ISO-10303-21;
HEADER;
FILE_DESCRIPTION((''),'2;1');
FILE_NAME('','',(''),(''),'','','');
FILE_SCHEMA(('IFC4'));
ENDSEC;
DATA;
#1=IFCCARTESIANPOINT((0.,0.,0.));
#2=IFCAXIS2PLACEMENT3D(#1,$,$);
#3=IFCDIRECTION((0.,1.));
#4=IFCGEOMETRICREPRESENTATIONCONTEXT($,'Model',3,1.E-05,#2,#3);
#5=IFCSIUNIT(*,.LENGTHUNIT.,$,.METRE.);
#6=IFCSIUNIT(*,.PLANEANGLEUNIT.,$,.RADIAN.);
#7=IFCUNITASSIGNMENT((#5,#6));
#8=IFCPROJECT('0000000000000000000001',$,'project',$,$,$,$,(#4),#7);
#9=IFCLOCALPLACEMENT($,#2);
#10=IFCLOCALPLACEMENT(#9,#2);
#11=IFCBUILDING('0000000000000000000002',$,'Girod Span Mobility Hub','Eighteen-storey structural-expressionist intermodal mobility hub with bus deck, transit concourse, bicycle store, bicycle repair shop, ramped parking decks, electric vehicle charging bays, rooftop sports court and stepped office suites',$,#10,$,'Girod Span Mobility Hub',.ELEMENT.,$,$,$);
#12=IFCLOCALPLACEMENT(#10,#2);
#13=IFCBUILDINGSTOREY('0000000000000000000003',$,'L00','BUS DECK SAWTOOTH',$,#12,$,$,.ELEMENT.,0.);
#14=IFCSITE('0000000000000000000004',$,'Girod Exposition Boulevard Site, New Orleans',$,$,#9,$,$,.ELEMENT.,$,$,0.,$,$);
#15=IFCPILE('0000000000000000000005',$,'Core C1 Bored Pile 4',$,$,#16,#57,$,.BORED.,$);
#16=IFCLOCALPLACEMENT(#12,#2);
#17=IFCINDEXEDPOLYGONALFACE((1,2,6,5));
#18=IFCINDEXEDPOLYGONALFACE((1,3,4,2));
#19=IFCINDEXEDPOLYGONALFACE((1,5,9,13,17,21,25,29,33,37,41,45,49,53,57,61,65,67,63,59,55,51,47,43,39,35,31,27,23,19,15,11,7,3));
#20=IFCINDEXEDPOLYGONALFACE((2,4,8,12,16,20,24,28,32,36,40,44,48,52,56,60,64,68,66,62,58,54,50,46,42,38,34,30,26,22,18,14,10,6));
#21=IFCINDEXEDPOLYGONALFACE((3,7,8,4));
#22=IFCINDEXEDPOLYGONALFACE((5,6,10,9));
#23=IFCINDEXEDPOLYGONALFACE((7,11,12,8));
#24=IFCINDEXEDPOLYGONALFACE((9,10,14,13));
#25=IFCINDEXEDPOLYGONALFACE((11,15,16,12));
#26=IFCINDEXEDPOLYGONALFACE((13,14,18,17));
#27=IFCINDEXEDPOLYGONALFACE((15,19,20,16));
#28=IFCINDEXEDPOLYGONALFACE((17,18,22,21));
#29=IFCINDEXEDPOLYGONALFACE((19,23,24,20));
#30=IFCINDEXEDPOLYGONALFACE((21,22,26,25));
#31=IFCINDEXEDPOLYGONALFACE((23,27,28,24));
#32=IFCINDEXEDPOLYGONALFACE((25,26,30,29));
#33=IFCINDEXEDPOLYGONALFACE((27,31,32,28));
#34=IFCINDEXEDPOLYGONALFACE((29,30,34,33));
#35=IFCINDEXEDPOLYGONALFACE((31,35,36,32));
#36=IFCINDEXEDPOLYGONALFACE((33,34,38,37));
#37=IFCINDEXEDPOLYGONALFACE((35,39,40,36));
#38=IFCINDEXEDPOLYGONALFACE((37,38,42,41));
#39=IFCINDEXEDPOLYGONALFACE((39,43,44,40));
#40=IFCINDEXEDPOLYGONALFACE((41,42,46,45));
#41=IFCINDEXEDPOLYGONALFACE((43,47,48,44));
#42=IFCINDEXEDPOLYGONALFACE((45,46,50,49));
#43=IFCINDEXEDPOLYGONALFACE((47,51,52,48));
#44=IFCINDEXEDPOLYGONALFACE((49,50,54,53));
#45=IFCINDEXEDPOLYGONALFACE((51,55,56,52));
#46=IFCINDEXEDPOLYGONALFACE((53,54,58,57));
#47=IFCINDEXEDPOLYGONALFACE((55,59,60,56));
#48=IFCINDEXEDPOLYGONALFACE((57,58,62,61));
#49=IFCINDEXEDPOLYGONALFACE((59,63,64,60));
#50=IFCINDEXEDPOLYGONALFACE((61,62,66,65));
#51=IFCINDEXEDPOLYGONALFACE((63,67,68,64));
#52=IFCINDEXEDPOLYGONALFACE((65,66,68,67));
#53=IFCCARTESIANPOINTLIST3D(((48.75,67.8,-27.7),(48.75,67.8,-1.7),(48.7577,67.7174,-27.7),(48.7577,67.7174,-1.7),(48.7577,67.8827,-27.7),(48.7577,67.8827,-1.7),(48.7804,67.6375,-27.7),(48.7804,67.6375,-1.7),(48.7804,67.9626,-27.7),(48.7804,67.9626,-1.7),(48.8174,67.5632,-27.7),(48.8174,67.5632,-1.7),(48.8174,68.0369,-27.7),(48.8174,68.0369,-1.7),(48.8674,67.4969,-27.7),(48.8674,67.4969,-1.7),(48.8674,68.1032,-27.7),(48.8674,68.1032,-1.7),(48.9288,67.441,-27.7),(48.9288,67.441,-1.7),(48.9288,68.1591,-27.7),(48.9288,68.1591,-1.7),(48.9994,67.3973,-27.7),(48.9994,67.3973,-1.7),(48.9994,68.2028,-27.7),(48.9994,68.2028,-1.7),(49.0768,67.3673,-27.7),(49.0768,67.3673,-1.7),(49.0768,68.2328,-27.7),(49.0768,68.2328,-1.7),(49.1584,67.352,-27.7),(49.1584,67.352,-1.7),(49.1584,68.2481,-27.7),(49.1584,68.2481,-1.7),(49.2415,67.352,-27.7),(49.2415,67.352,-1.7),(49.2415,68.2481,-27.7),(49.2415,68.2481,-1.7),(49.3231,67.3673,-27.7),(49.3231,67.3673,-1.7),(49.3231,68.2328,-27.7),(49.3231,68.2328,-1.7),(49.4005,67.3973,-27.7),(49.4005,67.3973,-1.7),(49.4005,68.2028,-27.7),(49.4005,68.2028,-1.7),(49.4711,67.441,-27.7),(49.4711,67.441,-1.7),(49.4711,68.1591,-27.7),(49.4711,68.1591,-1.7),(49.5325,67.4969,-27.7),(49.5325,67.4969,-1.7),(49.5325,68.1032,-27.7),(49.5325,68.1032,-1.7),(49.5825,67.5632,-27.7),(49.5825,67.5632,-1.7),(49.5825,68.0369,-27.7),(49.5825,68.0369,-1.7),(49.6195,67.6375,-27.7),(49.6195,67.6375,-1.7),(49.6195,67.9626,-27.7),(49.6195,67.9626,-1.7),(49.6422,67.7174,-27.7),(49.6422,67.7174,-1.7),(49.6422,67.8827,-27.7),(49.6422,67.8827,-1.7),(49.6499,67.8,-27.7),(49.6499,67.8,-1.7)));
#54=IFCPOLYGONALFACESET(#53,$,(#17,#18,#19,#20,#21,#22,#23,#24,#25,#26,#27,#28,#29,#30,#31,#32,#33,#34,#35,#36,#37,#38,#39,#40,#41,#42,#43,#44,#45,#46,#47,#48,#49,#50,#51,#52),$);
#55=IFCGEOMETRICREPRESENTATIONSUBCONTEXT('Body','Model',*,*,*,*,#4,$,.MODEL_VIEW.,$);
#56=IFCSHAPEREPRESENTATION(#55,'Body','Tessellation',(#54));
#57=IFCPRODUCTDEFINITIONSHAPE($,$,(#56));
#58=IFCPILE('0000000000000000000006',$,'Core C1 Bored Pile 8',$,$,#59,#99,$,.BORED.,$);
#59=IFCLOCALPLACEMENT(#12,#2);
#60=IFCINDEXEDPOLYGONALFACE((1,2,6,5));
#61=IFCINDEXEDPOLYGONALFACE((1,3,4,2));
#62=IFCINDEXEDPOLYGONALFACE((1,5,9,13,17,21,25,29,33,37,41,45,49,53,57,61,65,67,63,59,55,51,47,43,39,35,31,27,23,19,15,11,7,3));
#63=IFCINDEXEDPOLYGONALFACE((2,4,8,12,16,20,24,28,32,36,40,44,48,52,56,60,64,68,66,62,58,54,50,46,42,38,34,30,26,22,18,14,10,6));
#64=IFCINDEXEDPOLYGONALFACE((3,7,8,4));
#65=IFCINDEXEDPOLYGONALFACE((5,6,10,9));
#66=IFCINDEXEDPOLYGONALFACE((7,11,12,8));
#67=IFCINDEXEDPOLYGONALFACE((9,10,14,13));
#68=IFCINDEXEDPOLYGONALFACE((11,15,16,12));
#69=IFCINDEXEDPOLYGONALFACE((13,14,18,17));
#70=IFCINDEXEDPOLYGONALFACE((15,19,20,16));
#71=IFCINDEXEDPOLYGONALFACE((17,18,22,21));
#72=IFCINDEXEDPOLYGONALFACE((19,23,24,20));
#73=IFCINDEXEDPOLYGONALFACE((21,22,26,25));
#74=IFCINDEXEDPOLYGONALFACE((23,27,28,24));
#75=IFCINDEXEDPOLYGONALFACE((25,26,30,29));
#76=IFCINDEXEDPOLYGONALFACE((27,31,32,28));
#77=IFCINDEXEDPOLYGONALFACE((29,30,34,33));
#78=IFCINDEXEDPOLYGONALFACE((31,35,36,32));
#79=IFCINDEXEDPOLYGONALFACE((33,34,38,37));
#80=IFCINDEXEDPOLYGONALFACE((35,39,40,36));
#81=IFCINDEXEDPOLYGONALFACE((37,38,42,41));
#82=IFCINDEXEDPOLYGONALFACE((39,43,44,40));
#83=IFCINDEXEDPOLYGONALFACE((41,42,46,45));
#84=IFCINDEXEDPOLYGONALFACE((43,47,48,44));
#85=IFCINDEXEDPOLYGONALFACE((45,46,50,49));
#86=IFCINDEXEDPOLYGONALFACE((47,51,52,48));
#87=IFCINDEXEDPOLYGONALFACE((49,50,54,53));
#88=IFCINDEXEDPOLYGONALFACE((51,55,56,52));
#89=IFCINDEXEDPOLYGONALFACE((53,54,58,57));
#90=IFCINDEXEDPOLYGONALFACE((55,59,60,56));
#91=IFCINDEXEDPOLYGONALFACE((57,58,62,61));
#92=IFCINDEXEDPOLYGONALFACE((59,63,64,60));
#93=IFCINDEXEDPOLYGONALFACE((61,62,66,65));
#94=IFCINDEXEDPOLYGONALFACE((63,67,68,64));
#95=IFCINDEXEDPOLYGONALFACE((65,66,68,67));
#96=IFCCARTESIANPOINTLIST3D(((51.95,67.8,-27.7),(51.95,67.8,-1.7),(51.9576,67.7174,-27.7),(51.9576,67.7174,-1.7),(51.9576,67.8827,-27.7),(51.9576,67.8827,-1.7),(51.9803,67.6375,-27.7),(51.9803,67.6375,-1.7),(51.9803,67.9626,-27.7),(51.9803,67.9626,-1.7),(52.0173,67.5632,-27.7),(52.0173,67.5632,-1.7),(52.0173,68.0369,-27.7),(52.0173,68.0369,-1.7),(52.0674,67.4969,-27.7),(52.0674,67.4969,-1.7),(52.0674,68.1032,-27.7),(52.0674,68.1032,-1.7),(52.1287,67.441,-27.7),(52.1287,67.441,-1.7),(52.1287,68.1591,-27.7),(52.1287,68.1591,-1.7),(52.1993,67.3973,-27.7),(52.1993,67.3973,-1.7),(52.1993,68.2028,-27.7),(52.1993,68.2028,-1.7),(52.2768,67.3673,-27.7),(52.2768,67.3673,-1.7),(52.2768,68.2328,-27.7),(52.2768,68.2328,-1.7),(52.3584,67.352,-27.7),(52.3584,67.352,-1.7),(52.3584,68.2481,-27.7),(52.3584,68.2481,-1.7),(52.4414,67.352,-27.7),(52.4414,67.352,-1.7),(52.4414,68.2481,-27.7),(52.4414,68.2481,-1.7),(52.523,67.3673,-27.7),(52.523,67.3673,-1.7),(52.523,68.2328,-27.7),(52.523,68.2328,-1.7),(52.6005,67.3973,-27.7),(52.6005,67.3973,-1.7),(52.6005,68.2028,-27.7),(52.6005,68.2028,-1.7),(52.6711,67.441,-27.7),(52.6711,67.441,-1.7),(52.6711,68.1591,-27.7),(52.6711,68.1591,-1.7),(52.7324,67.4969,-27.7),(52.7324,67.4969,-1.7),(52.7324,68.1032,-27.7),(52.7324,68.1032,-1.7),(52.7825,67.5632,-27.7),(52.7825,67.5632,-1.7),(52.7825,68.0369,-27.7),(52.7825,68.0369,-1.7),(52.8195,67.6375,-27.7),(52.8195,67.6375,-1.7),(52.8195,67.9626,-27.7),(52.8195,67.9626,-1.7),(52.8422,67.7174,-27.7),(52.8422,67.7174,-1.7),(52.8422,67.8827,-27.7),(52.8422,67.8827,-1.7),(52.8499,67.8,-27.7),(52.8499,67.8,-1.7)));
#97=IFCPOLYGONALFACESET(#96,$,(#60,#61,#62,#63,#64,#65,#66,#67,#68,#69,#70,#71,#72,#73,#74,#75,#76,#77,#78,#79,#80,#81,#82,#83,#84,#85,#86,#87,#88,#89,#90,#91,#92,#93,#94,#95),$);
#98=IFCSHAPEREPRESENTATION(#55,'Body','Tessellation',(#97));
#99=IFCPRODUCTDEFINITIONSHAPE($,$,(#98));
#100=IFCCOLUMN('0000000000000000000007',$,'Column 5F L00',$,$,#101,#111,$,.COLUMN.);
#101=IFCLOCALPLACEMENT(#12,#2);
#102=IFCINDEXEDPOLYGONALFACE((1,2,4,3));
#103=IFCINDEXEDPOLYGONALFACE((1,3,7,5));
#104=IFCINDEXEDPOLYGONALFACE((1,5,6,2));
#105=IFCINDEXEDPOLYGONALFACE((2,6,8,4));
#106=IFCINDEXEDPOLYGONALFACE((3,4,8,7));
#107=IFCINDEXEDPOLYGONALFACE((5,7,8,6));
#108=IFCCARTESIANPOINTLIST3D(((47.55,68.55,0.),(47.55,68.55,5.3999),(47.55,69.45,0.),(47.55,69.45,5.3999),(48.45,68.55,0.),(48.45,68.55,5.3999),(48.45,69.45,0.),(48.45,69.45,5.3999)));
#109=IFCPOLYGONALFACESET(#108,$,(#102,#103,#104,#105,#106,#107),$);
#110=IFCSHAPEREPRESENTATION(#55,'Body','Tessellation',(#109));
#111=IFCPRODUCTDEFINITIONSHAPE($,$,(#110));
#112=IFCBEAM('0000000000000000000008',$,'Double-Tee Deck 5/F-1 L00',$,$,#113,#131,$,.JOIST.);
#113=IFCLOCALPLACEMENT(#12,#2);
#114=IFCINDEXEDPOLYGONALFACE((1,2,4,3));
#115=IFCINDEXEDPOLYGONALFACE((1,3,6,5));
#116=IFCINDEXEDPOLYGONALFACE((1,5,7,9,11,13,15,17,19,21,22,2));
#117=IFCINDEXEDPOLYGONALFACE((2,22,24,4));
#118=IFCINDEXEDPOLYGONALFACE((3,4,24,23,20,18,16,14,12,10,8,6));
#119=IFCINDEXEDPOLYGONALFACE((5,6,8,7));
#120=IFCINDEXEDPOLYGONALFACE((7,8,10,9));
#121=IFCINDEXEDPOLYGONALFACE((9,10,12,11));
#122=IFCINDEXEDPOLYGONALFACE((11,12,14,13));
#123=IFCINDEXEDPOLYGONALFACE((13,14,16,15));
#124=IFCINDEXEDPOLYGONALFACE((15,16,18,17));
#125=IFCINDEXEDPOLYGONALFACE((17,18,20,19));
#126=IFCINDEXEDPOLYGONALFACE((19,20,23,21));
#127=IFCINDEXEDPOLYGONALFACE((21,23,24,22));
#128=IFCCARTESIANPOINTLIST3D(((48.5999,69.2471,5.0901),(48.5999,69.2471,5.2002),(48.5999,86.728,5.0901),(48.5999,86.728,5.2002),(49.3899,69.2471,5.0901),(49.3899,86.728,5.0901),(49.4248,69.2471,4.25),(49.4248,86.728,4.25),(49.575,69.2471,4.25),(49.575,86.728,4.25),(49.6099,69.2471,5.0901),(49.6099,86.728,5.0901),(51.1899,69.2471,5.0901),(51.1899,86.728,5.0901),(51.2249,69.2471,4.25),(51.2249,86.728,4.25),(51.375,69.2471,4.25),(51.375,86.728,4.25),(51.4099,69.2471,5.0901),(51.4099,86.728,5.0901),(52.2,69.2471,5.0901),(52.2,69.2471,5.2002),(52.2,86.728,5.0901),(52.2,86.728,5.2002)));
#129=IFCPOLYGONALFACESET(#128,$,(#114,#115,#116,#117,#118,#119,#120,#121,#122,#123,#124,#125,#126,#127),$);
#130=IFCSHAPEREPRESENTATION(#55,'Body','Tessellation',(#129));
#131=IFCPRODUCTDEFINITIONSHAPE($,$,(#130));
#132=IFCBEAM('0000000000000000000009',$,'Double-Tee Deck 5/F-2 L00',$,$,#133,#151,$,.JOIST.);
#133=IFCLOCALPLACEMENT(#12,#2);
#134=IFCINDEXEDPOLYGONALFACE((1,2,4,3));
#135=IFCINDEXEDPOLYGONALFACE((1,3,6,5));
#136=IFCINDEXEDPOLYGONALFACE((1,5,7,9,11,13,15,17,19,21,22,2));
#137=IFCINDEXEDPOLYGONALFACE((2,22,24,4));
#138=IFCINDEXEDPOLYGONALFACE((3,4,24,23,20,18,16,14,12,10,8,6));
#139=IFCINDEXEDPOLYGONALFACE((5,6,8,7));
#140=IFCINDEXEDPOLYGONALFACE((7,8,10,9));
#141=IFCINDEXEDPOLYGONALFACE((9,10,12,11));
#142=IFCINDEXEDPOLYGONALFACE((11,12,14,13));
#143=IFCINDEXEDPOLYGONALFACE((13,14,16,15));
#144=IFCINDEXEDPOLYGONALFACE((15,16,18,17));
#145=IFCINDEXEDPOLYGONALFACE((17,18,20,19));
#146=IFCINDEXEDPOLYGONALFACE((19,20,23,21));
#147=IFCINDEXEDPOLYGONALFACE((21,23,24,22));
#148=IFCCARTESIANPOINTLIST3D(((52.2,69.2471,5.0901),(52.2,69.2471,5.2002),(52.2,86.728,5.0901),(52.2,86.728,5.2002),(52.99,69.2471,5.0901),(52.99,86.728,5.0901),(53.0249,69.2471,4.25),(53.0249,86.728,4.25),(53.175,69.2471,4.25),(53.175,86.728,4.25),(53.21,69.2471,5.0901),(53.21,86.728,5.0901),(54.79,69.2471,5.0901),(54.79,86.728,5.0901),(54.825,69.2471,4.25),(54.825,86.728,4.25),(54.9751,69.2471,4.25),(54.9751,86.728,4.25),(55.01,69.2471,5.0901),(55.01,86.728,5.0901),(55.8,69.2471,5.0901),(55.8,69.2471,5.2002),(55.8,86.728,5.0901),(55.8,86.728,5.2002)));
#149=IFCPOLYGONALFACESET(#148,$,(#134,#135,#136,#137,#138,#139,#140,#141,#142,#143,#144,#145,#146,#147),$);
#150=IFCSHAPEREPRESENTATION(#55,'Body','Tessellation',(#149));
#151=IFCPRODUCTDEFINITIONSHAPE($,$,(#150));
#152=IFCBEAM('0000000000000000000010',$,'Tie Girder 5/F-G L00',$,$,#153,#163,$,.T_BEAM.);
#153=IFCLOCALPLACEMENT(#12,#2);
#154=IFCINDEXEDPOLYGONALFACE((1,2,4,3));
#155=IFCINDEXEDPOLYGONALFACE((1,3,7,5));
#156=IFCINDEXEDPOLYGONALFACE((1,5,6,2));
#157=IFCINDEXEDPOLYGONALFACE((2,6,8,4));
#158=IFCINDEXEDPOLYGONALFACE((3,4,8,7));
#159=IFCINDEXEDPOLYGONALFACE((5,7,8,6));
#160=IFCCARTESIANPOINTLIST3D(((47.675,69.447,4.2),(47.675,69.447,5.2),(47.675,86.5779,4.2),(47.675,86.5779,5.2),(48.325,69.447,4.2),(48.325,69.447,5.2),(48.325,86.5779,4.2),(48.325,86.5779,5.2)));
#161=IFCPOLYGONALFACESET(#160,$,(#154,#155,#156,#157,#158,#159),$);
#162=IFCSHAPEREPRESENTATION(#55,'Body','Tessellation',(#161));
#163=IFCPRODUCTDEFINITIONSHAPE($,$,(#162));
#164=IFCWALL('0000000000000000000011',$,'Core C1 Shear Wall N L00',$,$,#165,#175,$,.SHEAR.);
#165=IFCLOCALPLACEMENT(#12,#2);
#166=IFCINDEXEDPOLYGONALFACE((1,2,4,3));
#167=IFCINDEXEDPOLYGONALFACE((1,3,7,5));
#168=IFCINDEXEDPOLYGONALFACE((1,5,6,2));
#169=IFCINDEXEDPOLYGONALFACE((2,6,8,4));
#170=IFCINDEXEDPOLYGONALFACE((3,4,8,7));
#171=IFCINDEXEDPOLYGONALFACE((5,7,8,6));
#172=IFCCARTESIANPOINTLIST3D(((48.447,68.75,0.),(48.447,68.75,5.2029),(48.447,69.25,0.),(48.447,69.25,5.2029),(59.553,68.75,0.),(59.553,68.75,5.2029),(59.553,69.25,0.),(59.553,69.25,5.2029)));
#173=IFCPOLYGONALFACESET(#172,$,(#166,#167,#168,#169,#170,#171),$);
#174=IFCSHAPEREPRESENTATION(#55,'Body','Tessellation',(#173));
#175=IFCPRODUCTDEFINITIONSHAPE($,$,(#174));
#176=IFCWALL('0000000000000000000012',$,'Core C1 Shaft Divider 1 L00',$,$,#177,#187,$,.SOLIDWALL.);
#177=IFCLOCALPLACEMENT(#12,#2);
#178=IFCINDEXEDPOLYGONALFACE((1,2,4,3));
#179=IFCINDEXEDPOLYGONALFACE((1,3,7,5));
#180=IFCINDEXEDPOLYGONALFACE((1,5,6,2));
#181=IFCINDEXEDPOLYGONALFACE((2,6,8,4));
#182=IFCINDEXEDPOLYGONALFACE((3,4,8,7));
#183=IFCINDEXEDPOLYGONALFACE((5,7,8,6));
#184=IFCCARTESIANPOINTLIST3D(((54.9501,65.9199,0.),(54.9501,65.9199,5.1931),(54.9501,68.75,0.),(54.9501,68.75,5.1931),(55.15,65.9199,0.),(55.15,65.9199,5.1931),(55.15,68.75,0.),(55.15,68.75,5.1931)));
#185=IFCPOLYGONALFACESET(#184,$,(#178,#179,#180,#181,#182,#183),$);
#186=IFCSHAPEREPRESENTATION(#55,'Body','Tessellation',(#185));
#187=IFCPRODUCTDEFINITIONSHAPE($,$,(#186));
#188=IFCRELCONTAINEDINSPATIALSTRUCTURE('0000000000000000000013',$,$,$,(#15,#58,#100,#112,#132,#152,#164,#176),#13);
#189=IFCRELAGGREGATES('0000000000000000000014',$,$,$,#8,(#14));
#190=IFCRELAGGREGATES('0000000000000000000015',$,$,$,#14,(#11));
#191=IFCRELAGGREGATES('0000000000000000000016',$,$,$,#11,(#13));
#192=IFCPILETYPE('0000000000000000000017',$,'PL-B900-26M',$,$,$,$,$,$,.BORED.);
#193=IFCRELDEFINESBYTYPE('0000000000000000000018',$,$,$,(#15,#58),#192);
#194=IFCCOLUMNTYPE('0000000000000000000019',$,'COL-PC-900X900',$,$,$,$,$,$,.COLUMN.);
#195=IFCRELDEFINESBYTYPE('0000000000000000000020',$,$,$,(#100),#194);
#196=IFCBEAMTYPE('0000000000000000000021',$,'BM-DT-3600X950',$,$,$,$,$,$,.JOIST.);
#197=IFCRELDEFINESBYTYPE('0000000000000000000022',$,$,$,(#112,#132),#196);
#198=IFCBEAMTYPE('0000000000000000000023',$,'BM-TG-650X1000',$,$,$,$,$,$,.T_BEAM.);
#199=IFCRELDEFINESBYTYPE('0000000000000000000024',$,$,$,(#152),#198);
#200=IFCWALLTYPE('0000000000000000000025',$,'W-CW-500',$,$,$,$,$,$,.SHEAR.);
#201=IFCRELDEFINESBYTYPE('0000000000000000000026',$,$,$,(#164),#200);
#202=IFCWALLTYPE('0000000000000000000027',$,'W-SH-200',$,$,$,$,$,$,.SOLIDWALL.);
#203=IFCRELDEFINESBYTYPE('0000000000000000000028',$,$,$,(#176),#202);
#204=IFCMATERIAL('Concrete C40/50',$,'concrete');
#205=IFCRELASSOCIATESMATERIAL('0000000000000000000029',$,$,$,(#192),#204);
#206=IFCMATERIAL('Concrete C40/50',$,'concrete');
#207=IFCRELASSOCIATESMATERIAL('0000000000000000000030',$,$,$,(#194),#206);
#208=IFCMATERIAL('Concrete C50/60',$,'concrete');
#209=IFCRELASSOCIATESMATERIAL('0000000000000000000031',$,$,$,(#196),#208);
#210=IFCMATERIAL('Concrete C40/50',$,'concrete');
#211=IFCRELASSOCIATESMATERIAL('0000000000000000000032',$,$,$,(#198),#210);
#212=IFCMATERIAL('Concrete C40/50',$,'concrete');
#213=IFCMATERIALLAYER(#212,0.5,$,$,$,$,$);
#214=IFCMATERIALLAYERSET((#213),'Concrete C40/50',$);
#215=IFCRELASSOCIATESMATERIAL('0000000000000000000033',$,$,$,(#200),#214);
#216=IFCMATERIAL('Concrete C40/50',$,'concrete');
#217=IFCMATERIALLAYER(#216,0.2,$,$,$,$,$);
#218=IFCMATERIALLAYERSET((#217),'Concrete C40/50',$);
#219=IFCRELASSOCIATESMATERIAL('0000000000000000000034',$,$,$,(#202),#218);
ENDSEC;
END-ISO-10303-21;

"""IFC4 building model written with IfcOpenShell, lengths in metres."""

from ifc_helpers import new_model, si_unit, direction, frame, frame_2d, origin, origin_2d, place, context, subcontext, project, spatial, polyline, rectangle, circle, outline, extrude, material, layer, layer_set, material_profile, profile_set, type_object, element, save


model = new_model("IFC4")

# Units and contexts
model_context = context("Model", 3, precision=1e-05, world=origin(), true_north=direction((0.0, 1.0)))
body_context = subcontext(model_context, "Body", "Model", "MODEL_VIEW")
ifc_project = project(units=[si_unit("LENGTHUNIT", "METRE"), si_unit("PLANEANGLEUNIT", "RADIAN")], contexts=[model_context])

# Site, building, storey
site_placement = place(None, origin())
site = spatial("IfcSite", under=ifc_project, at=site_placement, Name="Girod Exposition Boulevard Site, New Orleans", CompositionType="ELEMENT", RefElevation=0.0)
building_placement = place(site_placement, origin())
building = spatial("IfcBuilding", under=site, at=building_placement, Name="Girod Span Mobility Hub", Description="Eighteen-storey structural-expressionist intermodal mobility hub with bus deck, transit concourse, bicycle store, bicycle repair shop, ramped parking decks, electric vehicle charging bays, rooftop sports court and stepped office suites", LongName="Girod Span Mobility Hub", CompositionType="ELEMENT")
storey_placement = place(building_placement, origin())
storey = spatial("IfcBuildingStorey", under=building, at=storey_placement, Name="L00", Description="BUS DECK SAWTOOTH", CompositionType="ELEMENT", Elevation=0.0)

# Piles
ifc_material_1 = material(Name="Concrete C40/50", Category="concrete")
ifc_material_profile_1 = material_profile(ifc_material_1, circle(Radius=0.45, at=origin_2d()), Name="PILE-D900")
ifc_profile_set_1 = profile_set([ifc_material_profile_1], Name="Concrete C40/50")
pile_type = type_object("IfcPileType", Name="PL-B900-26M", PredefinedType="BORED", material=ifc_profile_set_1)
for number, where, z_axis, x_axis, name in (
    (1, (49.2, 67.8, -1.7), (0.0, 0.0, -1.0), (1.0, 0.0, 0.0), "Core C1 Bored Pile 4"),
    (2, (52.3999, 67.8, -1.7), (0.0, 0.0, -1.0), (1.0, 0.0, 0.0), "Core C1 Bored Pile 8"),
):
    element("IfcPile", number, at=place(storey_placement, frame(where, z_axis=z_axis, x_axis=x_axis)), inside=storey, type_object=pile_type, Name=name, PredefinedType="BORED", context=body_context, shape_type="SweptSolid", body=[
        extrude(circle(Radius=0.45, at=origin_2d()), origin(), (0.0, 0.0, 1.0), 26.0),
    ])

# Column
ifc_material_2 = material(Name="Concrete C40/50", Category="concrete")
ifc_material_profile_2 = material_profile(ifc_material_2, rectangle(XDim=0.8999, YDim=0.8999, at=origin_2d()), Name="PC-COL-900X900")
ifc_profile_set_2 = profile_set([ifc_material_profile_2], Name="Concrete C40/50")
column_type = type_object("IfcColumnType", Name="COL-PC-900X900", PredefinedType="COLUMN", material=ifc_profile_set_2)
column_placement = place(storey_placement, frame((48.0, 69.0, 0.0), z_axis=(0.0, 0.0, 1.0), x_axis=(1.0, 0.0, 0.0)))
element("IfcColumn", 3, at=column_placement, inside=storey, type_object=column_type, Name="Column 5F L00", PredefinedType="COLUMN", context=body_context, shape_type="SweptSolid", body=[
    extrude(rectangle(XDim=0.8999, YDim=0.8999, at=origin_2d()), origin(), (0.0, 0.0, 1.0), 5.3999),
])

# Beams
ifc_material_3 = material(Name="Concrete C50/60", Category="concrete")
ifc_material_profile_3 = material_profile(ifc_material_3, outline(polyline([(-1.8, 0.4751), (-1.8, 0.365), (-1.01, 0.365), (-0.9751, -0.4751), (-0.825, -0.4751), (-0.79, 0.365), (0.79, 0.365), (0.825, -0.4751), (0.9751, -0.4751), (1.01, 0.365), (1.8, 0.365), (1.8, 0.4751), (-1.8, 0.4751)])), Name="DT-3600X950")
ifc_profile_set_3 = profile_set([ifc_material_profile_3], Name="Concrete C50/60")
beam_type_1 = type_object("IfcBeamType", Name="BM-DT-3600X950", PredefinedType="JOIST", material=ifc_profile_set_3)
for number, where, z_axis, x_axis, name in (
    (4, (50.3999, 69.2471, 4.7251), (0.0, 1.0, 0.0), (-1.0, 0.0, 0.0), "Double-Tee Deck 5/F-1 L00"),
    (5, (54.0, 69.2471, 4.7251), (0.0, 1.0, 0.0), (-1.0, 0.0, 0.0), "Double-Tee Deck 5/F-2 L00"),
):
    element("IfcBeam", number, at=place(storey_placement, frame(where, z_axis=z_axis, x_axis=x_axis)), inside=storey, type_object=beam_type_1, Name=name, PredefinedType="JOIST", context=body_context, shape_type="SweptSolid", body=[
        extrude(outline(polyline([(-1.8, 0.4751), (-1.8, 0.365), (-1.01, 0.365), (-0.9751, -0.4751), (-0.825, -0.4751), (-0.79, 0.365), (0.79, 0.365), (0.825, -0.4751), (0.9751, -0.4751), (1.01, 0.365), (1.8, 0.365), (1.8, 0.4751), (-1.8, 0.4751)])), origin(), (0.0, 0.0, 1.0), 17.481),
    ])
ifc_material_4 = material(Name="Concrete C40/50", Category="concrete")
ifc_material_profile_4 = material_profile(ifc_material_4, rectangle(XDim=0.6499, YDim=1.0, at=origin_2d()), Name="TG-650X1000")
ifc_profile_set_4 = profile_set([ifc_material_profile_4], Name="Concrete C40/50")
beam_type_2 = type_object("IfcBeamType", Name="BM-TG-650X1000", PredefinedType="T_BEAM", material=ifc_profile_set_4)
beam_placement = place(storey_placement, frame((48.0, 69.447, 4.7), z_axis=(0.0, 1.0, 0.0), x_axis=(-1.0, 0.0, 0.0)))
element("IfcBeam", 6, at=beam_placement, inside=storey, type_object=beam_type_2, Name="Tie Girder 5/F-G L00", PredefinedType="T_BEAM", context=body_context, shape_type="SweptSolid", body=[
    extrude(rectangle(XDim=0.6499, YDim=1.0, at=origin_2d()), origin(), (0.0, 0.0, 1.0), 17.1309),
])

# Walls
ifc_material_5 = material(Name="Concrete C40/50", Category="concrete")
ifc_layer_1 = layer(ifc_material_5, 0.5)
ifc_layer_set_1 = layer_set([ifc_layer_1], Name="Concrete C40/50")
wall_type_1 = type_object("IfcWallType", Name="W-CW-500", PredefinedType="SHEAR", material=ifc_layer_set_1)
wall_1_placement = place(storey_placement, frame((48.447, 69.0, 0.0), z_axis=(0.0, 0.0, 1.0), x_axis=(1.0, 0.0, 0.0)))
element("IfcWall", 7, at=wall_1_placement, inside=storey, type_object=wall_type_1, Name="Core C1 Shear Wall N L00", PredefinedType="SHEAR", context=body_context, shape_type="SweptSolid", body=[
    extrude(rectangle(XDim=11.106, YDim=0.5, at=frame_2d((5.553, 0.0))), origin(), (0.0, 0.0, 1.0), 5.2029),
])
ifc_material_6 = material(Name="Concrete C40/50", Category="concrete")
ifc_layer_2 = layer(ifc_material_6, 0.2)
ifc_layer_set_2 = layer_set([ifc_layer_2], Name="Concrete C40/50")
wall_type_2 = type_object("IfcWallType", Name="W-SH-200", PredefinedType="SOLIDWALL", material=ifc_layer_set_2)
wall_2_placement = place(storey_placement, frame((55.05, 65.9199, 0.0), z_axis=(0.0, 0.0, 1.0), x_axis=(0.0, 1.0, 0.0)))
element("IfcWall", 8, at=wall_2_placement, inside=storey, type_object=wall_type_2, Name="Core C1 Shaft Divider 1 L00", PredefinedType="SOLIDWALL", context=body_context, shape_type="SweptSolid", body=[
    extrude(rectangle(XDim=2.8301, YDim=0.2, at=frame_2d((1.415, 0.0))), origin(), (0.0, 0.0, 1.0), 5.1931),
])

save(model, "model.ifc")
